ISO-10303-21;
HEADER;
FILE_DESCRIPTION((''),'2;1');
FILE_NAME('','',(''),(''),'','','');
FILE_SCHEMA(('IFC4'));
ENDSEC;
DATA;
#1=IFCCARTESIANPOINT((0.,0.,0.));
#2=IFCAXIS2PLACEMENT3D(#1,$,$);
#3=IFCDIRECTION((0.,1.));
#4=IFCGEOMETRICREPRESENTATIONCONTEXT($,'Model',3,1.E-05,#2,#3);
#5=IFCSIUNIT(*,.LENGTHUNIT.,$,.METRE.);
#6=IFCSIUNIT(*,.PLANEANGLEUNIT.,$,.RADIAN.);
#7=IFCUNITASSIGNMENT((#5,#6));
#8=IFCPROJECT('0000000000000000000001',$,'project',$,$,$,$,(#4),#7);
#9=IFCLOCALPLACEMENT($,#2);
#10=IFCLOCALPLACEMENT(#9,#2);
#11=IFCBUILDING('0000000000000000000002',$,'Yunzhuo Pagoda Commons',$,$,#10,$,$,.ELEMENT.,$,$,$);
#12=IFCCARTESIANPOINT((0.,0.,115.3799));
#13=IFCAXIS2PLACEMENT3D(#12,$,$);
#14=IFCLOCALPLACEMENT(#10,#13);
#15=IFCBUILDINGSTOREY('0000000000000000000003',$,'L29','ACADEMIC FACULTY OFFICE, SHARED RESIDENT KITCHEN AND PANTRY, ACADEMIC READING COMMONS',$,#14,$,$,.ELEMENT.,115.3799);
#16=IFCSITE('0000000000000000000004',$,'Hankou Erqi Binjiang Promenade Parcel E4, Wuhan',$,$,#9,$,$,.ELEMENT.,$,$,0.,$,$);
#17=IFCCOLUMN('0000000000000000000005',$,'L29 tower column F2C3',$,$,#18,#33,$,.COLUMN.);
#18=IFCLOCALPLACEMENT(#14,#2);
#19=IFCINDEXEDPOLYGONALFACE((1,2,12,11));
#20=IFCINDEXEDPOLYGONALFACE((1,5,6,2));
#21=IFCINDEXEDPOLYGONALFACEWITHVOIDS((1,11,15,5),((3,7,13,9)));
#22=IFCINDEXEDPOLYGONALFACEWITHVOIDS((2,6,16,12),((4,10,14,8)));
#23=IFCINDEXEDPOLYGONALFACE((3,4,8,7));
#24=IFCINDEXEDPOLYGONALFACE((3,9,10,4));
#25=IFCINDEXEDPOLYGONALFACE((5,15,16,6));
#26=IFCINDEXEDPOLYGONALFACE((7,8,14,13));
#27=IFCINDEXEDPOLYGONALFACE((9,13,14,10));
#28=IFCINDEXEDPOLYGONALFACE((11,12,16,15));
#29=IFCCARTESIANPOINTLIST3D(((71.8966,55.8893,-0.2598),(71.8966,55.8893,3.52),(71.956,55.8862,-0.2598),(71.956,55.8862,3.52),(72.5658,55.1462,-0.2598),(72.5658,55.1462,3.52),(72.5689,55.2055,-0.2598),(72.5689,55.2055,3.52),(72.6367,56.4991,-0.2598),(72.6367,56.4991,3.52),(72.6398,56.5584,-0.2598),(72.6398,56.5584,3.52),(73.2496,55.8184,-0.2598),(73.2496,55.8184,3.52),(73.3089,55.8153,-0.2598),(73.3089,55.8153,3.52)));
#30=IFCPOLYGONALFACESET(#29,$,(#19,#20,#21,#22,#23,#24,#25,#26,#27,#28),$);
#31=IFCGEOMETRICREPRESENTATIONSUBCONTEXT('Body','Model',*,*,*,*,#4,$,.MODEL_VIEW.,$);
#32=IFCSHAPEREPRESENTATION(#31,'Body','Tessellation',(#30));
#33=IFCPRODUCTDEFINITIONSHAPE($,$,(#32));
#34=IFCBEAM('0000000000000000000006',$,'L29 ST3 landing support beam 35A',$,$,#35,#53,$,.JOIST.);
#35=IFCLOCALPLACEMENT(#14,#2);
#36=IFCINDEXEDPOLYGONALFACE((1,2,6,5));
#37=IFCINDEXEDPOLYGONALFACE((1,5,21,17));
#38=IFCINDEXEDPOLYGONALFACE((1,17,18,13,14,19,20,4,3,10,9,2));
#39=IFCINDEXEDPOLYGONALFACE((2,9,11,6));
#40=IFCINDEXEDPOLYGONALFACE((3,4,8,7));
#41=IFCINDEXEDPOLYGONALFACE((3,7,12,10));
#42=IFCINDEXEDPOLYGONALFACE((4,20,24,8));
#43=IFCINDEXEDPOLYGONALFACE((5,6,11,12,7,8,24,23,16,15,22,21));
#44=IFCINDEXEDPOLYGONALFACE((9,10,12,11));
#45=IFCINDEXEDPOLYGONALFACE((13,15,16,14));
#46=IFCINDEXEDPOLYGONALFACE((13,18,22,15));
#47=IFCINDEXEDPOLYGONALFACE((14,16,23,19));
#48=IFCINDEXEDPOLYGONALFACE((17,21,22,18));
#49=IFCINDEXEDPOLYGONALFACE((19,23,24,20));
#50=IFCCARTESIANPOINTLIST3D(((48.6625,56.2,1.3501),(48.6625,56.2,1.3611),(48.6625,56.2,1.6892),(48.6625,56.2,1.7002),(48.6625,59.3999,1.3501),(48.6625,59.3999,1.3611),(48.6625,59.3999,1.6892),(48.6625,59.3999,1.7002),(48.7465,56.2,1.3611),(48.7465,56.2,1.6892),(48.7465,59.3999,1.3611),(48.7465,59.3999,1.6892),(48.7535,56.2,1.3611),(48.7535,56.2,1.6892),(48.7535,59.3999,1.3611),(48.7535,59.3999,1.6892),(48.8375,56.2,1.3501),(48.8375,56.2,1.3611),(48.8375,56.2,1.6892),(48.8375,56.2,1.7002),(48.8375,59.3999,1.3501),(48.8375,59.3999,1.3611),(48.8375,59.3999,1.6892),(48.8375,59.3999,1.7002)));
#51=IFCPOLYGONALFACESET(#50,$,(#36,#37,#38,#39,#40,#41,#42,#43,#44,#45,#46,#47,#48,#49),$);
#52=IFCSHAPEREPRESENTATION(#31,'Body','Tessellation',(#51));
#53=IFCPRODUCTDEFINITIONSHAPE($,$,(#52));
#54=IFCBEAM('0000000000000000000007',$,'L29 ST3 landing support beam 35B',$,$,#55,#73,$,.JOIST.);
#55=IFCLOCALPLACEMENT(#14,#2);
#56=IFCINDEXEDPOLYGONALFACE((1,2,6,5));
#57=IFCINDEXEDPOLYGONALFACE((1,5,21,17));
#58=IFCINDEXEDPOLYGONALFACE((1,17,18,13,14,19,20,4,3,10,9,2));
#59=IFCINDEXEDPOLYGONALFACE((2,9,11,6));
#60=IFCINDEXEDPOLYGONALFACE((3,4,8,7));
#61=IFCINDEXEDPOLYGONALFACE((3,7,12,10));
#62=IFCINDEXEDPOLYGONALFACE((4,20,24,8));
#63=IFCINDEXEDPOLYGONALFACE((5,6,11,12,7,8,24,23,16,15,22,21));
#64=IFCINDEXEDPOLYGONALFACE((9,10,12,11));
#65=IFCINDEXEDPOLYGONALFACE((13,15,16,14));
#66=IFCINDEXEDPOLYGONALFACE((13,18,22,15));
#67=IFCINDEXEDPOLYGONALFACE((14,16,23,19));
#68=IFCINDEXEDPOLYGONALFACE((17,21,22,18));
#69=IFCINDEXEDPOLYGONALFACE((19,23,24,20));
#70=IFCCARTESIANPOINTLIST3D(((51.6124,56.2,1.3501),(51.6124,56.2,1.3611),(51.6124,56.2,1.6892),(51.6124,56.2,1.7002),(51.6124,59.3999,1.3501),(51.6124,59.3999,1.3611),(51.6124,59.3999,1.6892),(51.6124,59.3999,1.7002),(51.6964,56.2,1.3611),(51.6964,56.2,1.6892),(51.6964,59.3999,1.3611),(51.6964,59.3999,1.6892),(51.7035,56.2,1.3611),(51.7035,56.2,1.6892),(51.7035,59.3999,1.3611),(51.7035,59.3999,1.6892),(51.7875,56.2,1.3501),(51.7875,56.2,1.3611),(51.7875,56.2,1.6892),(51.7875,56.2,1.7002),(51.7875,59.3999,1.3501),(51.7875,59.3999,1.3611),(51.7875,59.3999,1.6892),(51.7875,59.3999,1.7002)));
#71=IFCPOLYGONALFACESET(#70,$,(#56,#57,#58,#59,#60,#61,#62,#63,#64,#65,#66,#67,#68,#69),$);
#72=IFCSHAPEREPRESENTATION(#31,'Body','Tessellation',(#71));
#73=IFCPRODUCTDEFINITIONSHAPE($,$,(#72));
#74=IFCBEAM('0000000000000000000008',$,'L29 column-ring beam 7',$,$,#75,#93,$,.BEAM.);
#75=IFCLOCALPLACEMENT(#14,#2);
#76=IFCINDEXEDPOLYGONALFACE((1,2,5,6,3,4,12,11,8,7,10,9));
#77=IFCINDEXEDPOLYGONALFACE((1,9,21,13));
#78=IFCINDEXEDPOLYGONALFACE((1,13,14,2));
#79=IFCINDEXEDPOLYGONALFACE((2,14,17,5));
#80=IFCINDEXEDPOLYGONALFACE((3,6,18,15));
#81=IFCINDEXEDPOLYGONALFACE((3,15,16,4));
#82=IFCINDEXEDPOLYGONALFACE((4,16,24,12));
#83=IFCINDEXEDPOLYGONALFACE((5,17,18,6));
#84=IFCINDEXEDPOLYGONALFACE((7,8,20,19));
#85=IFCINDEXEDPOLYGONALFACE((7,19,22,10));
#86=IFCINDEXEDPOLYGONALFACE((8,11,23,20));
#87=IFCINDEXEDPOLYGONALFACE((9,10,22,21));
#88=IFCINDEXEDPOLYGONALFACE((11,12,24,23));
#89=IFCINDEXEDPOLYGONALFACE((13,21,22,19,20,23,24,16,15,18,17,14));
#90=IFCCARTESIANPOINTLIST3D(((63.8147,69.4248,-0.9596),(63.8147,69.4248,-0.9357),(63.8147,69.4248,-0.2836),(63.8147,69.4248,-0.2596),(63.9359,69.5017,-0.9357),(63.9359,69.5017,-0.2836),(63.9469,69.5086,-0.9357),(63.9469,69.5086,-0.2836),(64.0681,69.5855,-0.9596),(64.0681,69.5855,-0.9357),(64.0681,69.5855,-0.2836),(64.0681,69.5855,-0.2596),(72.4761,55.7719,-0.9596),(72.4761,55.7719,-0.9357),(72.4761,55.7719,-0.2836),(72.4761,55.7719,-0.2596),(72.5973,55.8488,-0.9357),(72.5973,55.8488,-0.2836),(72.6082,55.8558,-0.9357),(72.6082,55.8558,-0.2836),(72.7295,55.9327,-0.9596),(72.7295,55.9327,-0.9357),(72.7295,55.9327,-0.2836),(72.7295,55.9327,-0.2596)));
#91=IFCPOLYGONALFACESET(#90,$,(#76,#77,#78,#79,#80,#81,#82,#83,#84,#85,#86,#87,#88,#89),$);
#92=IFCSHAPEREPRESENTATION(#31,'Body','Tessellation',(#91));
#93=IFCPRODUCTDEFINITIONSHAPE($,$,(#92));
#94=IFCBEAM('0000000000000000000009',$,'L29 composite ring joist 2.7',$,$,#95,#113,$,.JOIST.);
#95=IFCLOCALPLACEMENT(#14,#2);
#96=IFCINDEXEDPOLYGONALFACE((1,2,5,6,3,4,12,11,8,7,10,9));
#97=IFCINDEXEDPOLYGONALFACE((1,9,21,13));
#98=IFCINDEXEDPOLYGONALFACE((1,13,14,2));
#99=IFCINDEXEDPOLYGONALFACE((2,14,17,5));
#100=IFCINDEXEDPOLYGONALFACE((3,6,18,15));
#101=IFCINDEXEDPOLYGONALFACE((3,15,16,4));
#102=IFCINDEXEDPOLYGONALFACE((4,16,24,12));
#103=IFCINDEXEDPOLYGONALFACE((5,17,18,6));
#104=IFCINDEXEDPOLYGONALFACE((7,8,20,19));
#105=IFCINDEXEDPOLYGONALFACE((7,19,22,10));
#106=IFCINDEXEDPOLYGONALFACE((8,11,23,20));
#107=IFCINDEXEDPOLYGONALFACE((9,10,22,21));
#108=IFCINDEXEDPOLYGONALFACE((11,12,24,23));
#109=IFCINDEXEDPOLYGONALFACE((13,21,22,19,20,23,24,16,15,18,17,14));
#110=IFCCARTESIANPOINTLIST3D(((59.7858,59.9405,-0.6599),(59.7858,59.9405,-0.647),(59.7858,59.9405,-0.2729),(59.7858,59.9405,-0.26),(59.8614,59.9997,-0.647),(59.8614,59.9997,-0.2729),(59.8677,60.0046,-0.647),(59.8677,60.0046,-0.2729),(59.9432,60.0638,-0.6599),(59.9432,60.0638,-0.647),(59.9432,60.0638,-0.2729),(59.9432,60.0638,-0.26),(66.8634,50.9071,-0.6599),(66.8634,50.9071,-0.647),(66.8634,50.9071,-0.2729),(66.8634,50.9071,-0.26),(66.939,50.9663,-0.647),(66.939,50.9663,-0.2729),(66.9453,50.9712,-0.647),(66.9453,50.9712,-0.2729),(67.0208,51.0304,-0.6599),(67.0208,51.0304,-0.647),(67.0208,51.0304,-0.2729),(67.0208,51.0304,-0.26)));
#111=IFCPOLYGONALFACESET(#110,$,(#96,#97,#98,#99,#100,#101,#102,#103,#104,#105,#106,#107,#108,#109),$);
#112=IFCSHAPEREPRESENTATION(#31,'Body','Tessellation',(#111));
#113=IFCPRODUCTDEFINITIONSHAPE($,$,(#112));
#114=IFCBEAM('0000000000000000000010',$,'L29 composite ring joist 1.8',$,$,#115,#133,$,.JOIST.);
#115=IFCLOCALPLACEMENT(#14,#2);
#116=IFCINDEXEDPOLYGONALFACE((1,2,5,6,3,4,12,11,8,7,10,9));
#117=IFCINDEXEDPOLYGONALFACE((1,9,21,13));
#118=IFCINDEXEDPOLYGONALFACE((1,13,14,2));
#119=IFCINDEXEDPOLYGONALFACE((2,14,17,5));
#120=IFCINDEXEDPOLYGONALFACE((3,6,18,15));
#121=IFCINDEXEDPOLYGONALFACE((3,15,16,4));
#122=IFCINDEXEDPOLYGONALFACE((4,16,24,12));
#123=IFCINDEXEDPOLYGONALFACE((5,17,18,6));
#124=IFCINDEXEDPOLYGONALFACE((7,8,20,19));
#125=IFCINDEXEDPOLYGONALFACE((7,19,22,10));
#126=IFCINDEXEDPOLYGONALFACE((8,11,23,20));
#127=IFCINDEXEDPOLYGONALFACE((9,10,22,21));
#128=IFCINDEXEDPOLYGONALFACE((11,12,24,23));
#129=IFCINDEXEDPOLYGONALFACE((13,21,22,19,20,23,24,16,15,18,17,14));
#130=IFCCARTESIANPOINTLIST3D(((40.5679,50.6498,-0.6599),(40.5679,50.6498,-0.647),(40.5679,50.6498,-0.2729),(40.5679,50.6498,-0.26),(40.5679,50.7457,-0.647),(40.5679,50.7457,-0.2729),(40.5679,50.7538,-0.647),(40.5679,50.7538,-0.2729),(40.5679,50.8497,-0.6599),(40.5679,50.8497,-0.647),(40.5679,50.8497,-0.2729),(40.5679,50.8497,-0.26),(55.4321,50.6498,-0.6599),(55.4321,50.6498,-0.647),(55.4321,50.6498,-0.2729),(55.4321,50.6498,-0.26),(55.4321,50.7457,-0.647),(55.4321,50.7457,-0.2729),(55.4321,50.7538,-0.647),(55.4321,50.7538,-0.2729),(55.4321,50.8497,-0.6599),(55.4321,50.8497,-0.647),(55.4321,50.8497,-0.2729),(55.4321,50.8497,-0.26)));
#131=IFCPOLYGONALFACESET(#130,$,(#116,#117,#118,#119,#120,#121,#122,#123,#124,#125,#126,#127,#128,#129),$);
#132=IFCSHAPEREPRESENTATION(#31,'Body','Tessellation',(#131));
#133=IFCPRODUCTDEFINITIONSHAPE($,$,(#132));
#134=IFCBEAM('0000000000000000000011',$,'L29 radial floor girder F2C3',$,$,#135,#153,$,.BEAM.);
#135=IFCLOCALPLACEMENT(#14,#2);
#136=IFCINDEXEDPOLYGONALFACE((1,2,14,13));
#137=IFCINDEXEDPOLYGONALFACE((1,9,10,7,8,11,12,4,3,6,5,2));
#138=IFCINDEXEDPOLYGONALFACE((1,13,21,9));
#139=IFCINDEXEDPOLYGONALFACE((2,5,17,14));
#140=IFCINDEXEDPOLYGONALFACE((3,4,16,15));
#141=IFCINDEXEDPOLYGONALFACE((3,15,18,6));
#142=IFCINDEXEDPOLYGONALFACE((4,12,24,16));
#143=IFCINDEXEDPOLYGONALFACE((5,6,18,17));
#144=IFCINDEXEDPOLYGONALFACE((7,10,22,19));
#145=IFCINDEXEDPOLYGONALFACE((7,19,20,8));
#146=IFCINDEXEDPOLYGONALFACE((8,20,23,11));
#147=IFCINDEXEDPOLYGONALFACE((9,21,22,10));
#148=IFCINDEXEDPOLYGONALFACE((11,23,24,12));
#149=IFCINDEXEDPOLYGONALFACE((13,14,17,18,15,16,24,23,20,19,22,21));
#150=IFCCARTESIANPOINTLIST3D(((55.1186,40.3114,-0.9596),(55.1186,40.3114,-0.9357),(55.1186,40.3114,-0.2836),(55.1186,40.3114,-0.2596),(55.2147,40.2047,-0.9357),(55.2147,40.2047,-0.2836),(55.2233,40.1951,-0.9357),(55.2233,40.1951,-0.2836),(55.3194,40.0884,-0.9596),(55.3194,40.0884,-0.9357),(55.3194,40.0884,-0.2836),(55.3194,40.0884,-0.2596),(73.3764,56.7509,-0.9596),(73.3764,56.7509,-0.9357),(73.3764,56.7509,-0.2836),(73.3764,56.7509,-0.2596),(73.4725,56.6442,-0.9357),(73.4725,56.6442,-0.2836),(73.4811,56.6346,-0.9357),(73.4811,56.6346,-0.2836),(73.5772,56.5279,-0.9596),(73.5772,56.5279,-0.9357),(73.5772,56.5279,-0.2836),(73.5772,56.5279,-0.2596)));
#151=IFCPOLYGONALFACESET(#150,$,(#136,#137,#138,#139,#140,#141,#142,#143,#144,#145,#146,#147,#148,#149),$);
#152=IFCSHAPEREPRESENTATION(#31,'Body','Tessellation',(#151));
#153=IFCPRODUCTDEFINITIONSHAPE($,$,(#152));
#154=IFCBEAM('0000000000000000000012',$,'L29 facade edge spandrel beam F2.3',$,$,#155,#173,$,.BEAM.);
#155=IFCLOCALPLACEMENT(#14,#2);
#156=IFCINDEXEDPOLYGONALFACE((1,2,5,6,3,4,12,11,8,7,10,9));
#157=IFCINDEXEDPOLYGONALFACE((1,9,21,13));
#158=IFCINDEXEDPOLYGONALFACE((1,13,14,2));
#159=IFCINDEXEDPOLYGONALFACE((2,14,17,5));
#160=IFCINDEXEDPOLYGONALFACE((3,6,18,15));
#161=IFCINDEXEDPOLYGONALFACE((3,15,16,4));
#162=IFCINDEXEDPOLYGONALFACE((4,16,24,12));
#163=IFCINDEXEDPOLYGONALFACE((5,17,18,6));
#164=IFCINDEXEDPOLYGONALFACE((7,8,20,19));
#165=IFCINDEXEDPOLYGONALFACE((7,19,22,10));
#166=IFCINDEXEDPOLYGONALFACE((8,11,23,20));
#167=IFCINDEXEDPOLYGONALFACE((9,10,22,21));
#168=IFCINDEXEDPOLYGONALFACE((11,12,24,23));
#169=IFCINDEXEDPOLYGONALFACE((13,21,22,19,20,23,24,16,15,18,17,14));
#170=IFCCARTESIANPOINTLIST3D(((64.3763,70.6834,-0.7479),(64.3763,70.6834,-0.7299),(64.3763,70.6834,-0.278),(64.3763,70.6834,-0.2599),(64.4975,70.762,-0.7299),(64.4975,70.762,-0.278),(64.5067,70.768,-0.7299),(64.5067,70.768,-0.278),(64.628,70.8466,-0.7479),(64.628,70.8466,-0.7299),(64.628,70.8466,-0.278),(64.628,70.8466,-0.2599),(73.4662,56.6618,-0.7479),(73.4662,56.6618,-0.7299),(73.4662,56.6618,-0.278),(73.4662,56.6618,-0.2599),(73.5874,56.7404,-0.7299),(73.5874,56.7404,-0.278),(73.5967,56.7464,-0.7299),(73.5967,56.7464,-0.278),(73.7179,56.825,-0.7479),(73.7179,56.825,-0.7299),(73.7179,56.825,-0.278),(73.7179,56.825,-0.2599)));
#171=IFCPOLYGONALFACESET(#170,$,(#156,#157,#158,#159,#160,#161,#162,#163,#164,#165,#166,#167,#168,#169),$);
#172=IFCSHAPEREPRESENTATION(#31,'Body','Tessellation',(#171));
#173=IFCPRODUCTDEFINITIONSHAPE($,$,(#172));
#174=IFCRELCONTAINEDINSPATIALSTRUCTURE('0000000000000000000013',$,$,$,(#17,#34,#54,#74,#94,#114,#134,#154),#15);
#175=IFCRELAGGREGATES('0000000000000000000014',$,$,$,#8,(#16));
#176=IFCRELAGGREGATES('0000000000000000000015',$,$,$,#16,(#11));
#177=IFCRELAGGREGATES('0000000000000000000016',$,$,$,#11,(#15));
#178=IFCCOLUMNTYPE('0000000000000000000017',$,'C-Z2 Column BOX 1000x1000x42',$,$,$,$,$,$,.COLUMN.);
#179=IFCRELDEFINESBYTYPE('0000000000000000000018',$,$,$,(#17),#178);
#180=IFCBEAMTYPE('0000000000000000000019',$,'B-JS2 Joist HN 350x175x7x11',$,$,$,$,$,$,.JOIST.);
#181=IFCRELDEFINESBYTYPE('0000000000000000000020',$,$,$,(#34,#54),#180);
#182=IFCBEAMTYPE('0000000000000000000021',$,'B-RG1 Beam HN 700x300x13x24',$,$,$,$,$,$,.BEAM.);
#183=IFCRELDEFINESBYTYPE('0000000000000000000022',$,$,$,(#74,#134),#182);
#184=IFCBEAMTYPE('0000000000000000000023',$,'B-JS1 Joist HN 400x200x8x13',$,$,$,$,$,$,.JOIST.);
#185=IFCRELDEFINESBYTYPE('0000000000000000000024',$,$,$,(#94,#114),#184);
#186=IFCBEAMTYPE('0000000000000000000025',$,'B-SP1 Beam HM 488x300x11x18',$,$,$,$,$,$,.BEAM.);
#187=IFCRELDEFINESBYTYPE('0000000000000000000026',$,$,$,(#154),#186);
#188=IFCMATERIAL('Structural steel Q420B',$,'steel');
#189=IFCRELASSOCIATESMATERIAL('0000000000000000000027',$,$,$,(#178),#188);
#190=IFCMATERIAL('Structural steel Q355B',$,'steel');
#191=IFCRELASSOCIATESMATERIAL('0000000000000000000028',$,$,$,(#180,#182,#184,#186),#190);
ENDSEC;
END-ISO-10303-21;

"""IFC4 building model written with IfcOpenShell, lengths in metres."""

from ifc_helpers import new_model, si_unit, direction, frame, origin, origin_2d, place, context, subcontext, project, spatial, hollow_rectangle, i_section, extrude, source, transform, mapped, material, material_profile, profile_set, type_object, element, save


model = new_model("IFC4")

# Units and contexts
model_context = context("Model", 3, precision=1e-05, world=origin(), true_north=direction((0.0, 1.0)))
body_context = subcontext(model_context, "Body", "Model", "MODEL_VIEW")
ifc_project = project(units=[si_unit("LENGTHUNIT", "METRE"), si_unit("PLANEANGLEUNIT", "RADIAN")], contexts=[model_context])

# Site, building, storey
site_placement = place(None, origin())
site = spatial("IfcSite", under=ifc_project, at=site_placement, Name="Hankou Erqi Binjiang Promenade Parcel E4, Wuhan", CompositionType="ELEMENT", RefElevation=0.0)
building_placement = place(site_placement, origin())
building = spatial("IfcBuilding", under=site, at=building_placement, Name="Yunzhuo Pagoda Commons", CompositionType="ELEMENT")
storey_placement = place(building_placement, frame((0.0, 0.0, 115.3799)))
storey = spatial("IfcBuildingStorey", under=building, at=storey_placement, Name="L29", Description="ACADEMIC FACULTY OFFICE, SHARED RESIDENT KITCHEN AND PANTRY, ACADEMIC READING COMMONS", CompositionType="ELEMENT", Elevation=115.3799)

# Column
ifc_material_1 = material(Name="Structural steel Q420B", Category="steel")
ifc_material_profile_1 = material_profile(ifc_material_1, hollow_rectangle(XDim=1.0, YDim=1.0, WallThickness=0.042, at=origin_2d()), Name="Structural steel Q420B")
ifc_profile_set_1 = profile_set([ifc_material_profile_1], Name="Structural steel Q420B")
column_type = type_object("IfcColumnType", Name="C-Z2 Column BOX 1000x1000x42", PredefinedType="COLUMN", material=ifc_profile_set_1)
shared_shape_1 = source(origin(), body_context, "Body", "SweptSolid", [
    extrude(hollow_rectangle(XDim=1.0, YDim=1.0, WallThickness=0.042, at=origin_2d()), origin(), (0.0, 0.0, 1.0), 3.7798),
])
column_placement = place(storey_placement, frame((72.6028, 55.8523, -0.2598), z_axis=(0.0, 0.0, 1.0), x_axis=(-0.669131, 0.743145, 0.0)))
element("IfcColumn", 1, at=column_placement, inside=storey, type_object=column_type, Name="L29 tower column F2C3", PredefinedType="COLUMN", context=body_context, shape_type="MappedRepresentation", body=[
    mapped(shared_shape_1, transform((0.0, 0.0, 0.0), scale=1.0)),
])

# Beams
ifc_material_2 = material(Name="Structural steel Q355B", Category="steel")
ifc_material_profile_2 = material_profile(ifc_material_2, i_section(OverallWidth=0.175, OverallDepth=0.3501, WebThickness=0.0071, FlangeThickness=0.011, at=origin_2d()), Name="Structural steel Q355B")
ifc_profile_set_2 = profile_set([ifc_material_profile_2], Name="Structural steel Q355B")
beam_type_1 = type_object("IfcBeamType", Name="B-JS2 Joist HN 350x175x7x11", PredefinedType="JOIST", material=ifc_profile_set_2)
shared_shape_2 = source(origin(), body_context, "Body", "SweptSolid", [
    extrude(i_section(OverallWidth=0.175, OverallDepth=0.3501, WebThickness=0.0071, FlangeThickness=0.011, at=origin_2d()), origin(), (0.0, 0.0, 1.0), 3.2),
])
for number, where, z_axis, x_axis, name in (
    (2, (48.75, 56.2, 1.5251), (0.0, 1.0, 0.0), (-1.0, 0.0, 0.0), "L29 ST3 landing support beam 35A"),
    (3, (51.7, 56.2, 1.5251), (0.0, 1.0, 0.0), (-1.0, 0.0, 0.0), "L29 ST3 landing support beam 35B"),
):
    element("IfcBeam", number, at=place(storey_placement, frame(where, z_axis=z_axis, x_axis=x_axis)), inside=storey, type_object=beam_type_1, Name=name, PredefinedType="JOIST", context=body_context, shape_type="MappedRepresentation", body=[
        mapped(shared_shape_2, transform((0.0, 0.0, 0.0), scale=1.0)),
    ])
ifc_material_profile_3 = material_profile(ifc_material_2, i_section(OverallWidth=0.3, OverallDepth=0.7, WebThickness=0.0129, FlangeThickness=0.0239, at=origin_2d()), Name="Structural steel Q355B")
ifc_profile_set_3 = profile_set([ifc_material_profile_3], Name="Structural steel Q355B")
beam_type_2 = type_object("IfcBeamType", Name="B-RG1 Beam HN 700x300x13x24", PredefinedType="BEAM", material=ifc_profile_set_3)
shared_shape_3 = source(origin(), body_context, "Body", "SweptSolid", [
    extrude(i_section(OverallWidth=0.3, OverallDepth=0.7, WebThickness=0.0129, FlangeThickness=0.0239, at=origin_2d()), origin(), (0.0, 0.0, 1.0), 16.1685),
])
beam_1_placement = place(storey_placement, frame((72.6028, 55.8523, -0.6096), z_axis=(-0.535696, 0.844411, 0.0), x_axis=(-0.844411, -0.535696, 0.0)))
element("IfcBeam", 4, at=beam_1_placement, inside=storey, type_object=beam_type_2, Name="L29 column-ring beam 7", PredefinedType="BEAM", context=body_context, shape_type="MappedRepresentation", body=[
    mapped(shared_shape_3, transform((0.0, 0.0, 0.0), scale=1.0)),
])
ifc_material_profile_4 = material_profile(ifc_material_2, i_section(OverallWidth=0.2, OverallDepth=0.3999, WebThickness=0.0081, FlangeThickness=0.0129, at=origin_2d()), Name="Structural steel Q355B")
ifc_profile_set_4 = profile_set([ifc_material_profile_4], Name="Structural steel Q355B")
beam_type_3 = type_object("IfcBeamType", Name="B-JS1 Joist HN 400x200x8x13", PredefinedType="JOIST", material=ifc_profile_set_4)
shared_shape_4 = source(origin(), body_context, "Body", "SweptSolid", [
    extrude(i_section(OverallWidth=0.2, OverallDepth=0.3999, WebThickness=0.0081, FlangeThickness=0.0129, at=origin_2d()), origin(), (0.0, 0.0, 1.0), 11.4758),
])
beam_2_placement = place(storey_placement, frame((66.9421, 50.9688, -0.46), z_axis=(-0.61674, 0.787167, 0.0), x_axis=(-0.787167, -0.61674, 0.0)))
element("IfcBeam", 5, at=beam_2_placement, inside=storey, type_object=beam_type_3, Name="L29 composite ring joist 2.7", PredefinedType="JOIST", context=body_context, shape_type="MappedRepresentation", body=[
    mapped(shared_shape_4, transform((0.0, 0.0, 0.0), scale=1.0)),
])
shared_shape_5 = source(origin(), body_context, "Body", "SweptSolid", [
    extrude(i_section(OverallWidth=0.2, OverallDepth=0.3999, WebThickness=0.0081, FlangeThickness=0.0129, at=origin_2d()), origin(), (0.0, 0.0, 1.0), 14.8643),
])
beam_3_placement = place(storey_placement, frame((55.4321, 50.7498, -0.46), z_axis=(-1.0, 0.0, 0.0), x_axis=(0.0, -1.0, 0.0)))
element("IfcBeam", 6, at=beam_3_placement, inside=storey, type_object=beam_type_3, Name="L29 composite ring joist 1.8", PredefinedType="JOIST", context=body_context, shape_type="MappedRepresentation", body=[
    mapped(shared_shape_5, transform((0.0, 0.0, 0.0), scale=1.0)),
])
shared_shape_6 = source(origin(), body_context, "Body", "SweptSolid", [
    extrude(i_section(OverallWidth=0.3, OverallDepth=0.7, WebThickness=0.0129, FlangeThickness=0.0239, at=origin_2d()), origin(), (0.0, 0.0, 1.0), 24.5684),
])
beam_4_placement = place(storey_placement, frame((73.4768, 56.6394, -0.6096), z_axis=(-0.743144, -0.669132, 0.0), x_axis=(0.669132, -0.743144, 0.0)))
element("IfcBeam", 7, at=beam_4_placement, inside=storey, type_object=beam_type_2, Name="L29 radial floor girder F2C3", PredefinedType="BEAM", context=body_context, shape_type="MappedRepresentation", body=[
    mapped(shared_shape_6, transform((0.0, 0.0, 0.0), scale=1.0)),
])
ifc_material_profile_5 = material_profile(ifc_material_2, i_section(OverallWidth=0.3, OverallDepth=0.488, WebThickness=0.011, FlangeThickness=0.0181, at=origin_2d()), Name="Structural steel Q355B")
ifc_profile_set_5 = profile_set([ifc_material_profile_5], Name="Structural steel Q355B")
beam_type_4 = type_object("IfcBeamType", Name="B-SP1 Beam HM 488x300x11x18", PredefinedType="BEAM", material=ifc_profile_set_5)
shared_shape_7 = source(origin(), body_context, "Body", "SweptSolid", [
    extrude(i_section(OverallWidth=0.3, OverallDepth=0.488, WebThickness=0.011, FlangeThickness=0.0181, at=origin_2d()), origin(), (0.0, 0.0, 1.0), 16.7102),
])
beam_5_placement = place(storey_placement, frame((73.592, 56.7434, -0.5039), z_axis=(-0.543973, 0.839103, 0.0), x_axis=(-0.839103, -0.543973, 0.0)))
element("IfcBeam", 8, at=beam_5_placement, inside=storey, type_object=beam_type_4, Name="L29 facade edge spandrel beam F2.3", PredefinedType="BEAM", context=body_context, shape_type="MappedRepresentation", body=[
    mapped(shared_shape_7, transform((0.0, 0.0, 0.0), scale=1.0)),
])

save(model, "model.ifc")
